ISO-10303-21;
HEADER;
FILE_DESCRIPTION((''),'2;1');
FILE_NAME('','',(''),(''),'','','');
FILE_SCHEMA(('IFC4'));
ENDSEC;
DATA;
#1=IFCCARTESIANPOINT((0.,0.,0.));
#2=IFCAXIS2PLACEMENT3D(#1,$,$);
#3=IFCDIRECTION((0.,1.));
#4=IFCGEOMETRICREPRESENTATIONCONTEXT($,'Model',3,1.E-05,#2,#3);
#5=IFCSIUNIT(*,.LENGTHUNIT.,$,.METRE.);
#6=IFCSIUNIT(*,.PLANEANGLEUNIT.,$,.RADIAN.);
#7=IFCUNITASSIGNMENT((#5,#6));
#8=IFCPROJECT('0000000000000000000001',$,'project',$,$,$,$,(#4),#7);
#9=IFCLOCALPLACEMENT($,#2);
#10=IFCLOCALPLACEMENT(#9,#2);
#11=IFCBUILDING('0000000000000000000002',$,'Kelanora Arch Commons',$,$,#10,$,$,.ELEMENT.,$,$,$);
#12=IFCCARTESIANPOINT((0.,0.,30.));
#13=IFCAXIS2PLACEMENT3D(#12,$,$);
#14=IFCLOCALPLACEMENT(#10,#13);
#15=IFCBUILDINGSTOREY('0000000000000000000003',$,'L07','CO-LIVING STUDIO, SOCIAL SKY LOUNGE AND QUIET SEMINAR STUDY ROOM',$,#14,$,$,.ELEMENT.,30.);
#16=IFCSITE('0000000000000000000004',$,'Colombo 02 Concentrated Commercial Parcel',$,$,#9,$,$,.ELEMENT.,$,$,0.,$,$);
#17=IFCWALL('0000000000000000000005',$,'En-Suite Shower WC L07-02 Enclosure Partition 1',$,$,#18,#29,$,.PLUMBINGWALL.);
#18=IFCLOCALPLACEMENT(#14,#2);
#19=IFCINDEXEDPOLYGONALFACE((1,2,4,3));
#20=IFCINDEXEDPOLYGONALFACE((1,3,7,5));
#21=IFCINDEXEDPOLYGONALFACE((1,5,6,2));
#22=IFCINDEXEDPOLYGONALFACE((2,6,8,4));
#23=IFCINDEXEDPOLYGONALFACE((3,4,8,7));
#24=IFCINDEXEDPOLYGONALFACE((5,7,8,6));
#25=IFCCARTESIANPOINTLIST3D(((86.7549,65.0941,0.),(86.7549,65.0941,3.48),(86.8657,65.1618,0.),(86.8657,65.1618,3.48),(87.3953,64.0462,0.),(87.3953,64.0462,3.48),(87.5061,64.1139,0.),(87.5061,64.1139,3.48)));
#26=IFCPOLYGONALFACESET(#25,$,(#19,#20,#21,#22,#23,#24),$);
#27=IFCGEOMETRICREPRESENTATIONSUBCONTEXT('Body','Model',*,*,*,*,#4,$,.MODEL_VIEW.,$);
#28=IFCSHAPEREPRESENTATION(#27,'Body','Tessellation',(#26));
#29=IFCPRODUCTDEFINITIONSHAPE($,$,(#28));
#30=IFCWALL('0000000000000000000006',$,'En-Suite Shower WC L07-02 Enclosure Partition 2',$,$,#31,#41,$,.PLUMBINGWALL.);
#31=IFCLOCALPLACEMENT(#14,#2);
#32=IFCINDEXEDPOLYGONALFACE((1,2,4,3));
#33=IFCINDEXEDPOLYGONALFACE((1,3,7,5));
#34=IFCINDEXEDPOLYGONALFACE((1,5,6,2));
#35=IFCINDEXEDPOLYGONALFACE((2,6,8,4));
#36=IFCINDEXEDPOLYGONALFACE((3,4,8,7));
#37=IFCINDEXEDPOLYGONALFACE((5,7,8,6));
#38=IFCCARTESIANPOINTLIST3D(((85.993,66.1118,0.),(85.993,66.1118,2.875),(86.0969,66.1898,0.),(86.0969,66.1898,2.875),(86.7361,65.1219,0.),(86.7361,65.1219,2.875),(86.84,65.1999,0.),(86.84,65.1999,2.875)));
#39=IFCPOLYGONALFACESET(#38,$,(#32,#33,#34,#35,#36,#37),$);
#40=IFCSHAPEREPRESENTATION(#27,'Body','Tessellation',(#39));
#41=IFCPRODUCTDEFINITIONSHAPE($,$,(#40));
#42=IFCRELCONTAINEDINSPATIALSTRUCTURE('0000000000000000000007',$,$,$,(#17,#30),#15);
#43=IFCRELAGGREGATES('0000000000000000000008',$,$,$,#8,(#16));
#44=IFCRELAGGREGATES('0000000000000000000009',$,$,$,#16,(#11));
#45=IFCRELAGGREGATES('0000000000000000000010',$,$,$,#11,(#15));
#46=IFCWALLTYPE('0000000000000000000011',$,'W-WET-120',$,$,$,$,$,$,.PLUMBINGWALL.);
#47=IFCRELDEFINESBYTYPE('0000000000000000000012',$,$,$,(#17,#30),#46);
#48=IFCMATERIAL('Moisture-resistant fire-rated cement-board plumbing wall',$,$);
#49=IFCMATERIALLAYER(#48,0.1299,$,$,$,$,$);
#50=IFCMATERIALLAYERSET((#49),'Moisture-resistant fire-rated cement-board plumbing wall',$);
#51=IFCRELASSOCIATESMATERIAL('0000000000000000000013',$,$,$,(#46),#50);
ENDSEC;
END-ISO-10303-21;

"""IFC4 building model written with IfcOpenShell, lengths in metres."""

from ifc_helpers import new_model, si_unit, direction, frame, frame_2d, origin, place, context, subcontext, project, spatial, rectangle, extrude, material, layer, layer_set, type_object, element, save


model = new_model("IFC4")

# Units and contexts
model_context = context("Model", 3, precision=1e-05, world=origin(), true_north=direction((0.0, 1.0)))
body_context = subcontext(model_context, "Body", "Model", "MODEL_VIEW")
ifc_project = project(units=[si_unit("LENGTHUNIT", "METRE"), si_unit("PLANEANGLEUNIT", "RADIAN")], contexts=[model_context])

# Site, building, storey
site_placement = place(None, origin())
site = spatial("IfcSite", under=ifc_project, at=site_placement, Name="Colombo 02 Concentrated Commercial Parcel", CompositionType="ELEMENT", RefElevation=0.0)
building_placement = place(site_placement, origin())
building = spatial("IfcBuilding", under=site, at=building_placement, Name="Kelanora Arch Commons", CompositionType="ELEMENT")
storey_placement = place(building_placement, frame((0.0, 0.0, 30.0)))
storey = spatial("IfcBuildingStorey", under=building, at=storey_placement, Name="L07", Description="CO-LIVING STUDIO, SOCIAL SKY LOUNGE AND QUIET SEMINAR STUDY ROOM", CompositionType="ELEMENT", Elevation=30.0)

# Walls
ifc_material_1 = material(Name="Moisture-resistant fire-rated cement-board plumbing wall")
ifc_layer_1 = layer(ifc_material_1, 0.1299)
ifc_layer_set_1 = layer_set([ifc_layer_1], Name="Moisture-resistant fire-rated cement-board plumbing wall")
wall_type_1 = type_object("IfcWallType", Name="W-WET-120", PredefinedType="PLUMBINGWALL", material=ifc_layer_set_1)
wall_1_placement = place(storey_placement, frame((87.4507, 64.0801, 0.0), z_axis=(0.0, 0.0, 1.0), x_axis=(-0.521466, 0.853272, 0.0)))
element("IfcWall", 1, at=wall_1_placement, inside=storey, type_object=wall_type_1, Name="En-Suite Shower WC L07-02 Enclosure Partition 1", PredefinedType="PLUMBINGWALL", context=body_context, shape_type="SweptSolid", body=[
    extrude(rectangle(XDim=1.228, YDim=0.1299, at=frame_2d((0.614, 0.0))), origin(), (0.0, 0.0, 1.0), 3.48),
])
wall_2_placement = place(storey_placement, frame((86.7881, 65.1609, 0.0), z_axis=(0.0, 0.0, 1.0), x_axis=(-0.600347, 0.79974, 0.0)))
element("IfcWall", 2, at=wall_2_placement, inside=storey, type_object=wall_type_1, Name="En-Suite Shower WC L07-02 Enclosure Partition 2", PredefinedType="PLUMBINGWALL", context=body_context, shape_type="SweptSolid", body=[
    extrude(rectangle(XDim=1.2378, YDim=0.1299, at=frame_2d((0.6189, 0.0))), origin(), (0.0, 0.0, 1.0), 2.875),
])

save(model, "model.ifc")
